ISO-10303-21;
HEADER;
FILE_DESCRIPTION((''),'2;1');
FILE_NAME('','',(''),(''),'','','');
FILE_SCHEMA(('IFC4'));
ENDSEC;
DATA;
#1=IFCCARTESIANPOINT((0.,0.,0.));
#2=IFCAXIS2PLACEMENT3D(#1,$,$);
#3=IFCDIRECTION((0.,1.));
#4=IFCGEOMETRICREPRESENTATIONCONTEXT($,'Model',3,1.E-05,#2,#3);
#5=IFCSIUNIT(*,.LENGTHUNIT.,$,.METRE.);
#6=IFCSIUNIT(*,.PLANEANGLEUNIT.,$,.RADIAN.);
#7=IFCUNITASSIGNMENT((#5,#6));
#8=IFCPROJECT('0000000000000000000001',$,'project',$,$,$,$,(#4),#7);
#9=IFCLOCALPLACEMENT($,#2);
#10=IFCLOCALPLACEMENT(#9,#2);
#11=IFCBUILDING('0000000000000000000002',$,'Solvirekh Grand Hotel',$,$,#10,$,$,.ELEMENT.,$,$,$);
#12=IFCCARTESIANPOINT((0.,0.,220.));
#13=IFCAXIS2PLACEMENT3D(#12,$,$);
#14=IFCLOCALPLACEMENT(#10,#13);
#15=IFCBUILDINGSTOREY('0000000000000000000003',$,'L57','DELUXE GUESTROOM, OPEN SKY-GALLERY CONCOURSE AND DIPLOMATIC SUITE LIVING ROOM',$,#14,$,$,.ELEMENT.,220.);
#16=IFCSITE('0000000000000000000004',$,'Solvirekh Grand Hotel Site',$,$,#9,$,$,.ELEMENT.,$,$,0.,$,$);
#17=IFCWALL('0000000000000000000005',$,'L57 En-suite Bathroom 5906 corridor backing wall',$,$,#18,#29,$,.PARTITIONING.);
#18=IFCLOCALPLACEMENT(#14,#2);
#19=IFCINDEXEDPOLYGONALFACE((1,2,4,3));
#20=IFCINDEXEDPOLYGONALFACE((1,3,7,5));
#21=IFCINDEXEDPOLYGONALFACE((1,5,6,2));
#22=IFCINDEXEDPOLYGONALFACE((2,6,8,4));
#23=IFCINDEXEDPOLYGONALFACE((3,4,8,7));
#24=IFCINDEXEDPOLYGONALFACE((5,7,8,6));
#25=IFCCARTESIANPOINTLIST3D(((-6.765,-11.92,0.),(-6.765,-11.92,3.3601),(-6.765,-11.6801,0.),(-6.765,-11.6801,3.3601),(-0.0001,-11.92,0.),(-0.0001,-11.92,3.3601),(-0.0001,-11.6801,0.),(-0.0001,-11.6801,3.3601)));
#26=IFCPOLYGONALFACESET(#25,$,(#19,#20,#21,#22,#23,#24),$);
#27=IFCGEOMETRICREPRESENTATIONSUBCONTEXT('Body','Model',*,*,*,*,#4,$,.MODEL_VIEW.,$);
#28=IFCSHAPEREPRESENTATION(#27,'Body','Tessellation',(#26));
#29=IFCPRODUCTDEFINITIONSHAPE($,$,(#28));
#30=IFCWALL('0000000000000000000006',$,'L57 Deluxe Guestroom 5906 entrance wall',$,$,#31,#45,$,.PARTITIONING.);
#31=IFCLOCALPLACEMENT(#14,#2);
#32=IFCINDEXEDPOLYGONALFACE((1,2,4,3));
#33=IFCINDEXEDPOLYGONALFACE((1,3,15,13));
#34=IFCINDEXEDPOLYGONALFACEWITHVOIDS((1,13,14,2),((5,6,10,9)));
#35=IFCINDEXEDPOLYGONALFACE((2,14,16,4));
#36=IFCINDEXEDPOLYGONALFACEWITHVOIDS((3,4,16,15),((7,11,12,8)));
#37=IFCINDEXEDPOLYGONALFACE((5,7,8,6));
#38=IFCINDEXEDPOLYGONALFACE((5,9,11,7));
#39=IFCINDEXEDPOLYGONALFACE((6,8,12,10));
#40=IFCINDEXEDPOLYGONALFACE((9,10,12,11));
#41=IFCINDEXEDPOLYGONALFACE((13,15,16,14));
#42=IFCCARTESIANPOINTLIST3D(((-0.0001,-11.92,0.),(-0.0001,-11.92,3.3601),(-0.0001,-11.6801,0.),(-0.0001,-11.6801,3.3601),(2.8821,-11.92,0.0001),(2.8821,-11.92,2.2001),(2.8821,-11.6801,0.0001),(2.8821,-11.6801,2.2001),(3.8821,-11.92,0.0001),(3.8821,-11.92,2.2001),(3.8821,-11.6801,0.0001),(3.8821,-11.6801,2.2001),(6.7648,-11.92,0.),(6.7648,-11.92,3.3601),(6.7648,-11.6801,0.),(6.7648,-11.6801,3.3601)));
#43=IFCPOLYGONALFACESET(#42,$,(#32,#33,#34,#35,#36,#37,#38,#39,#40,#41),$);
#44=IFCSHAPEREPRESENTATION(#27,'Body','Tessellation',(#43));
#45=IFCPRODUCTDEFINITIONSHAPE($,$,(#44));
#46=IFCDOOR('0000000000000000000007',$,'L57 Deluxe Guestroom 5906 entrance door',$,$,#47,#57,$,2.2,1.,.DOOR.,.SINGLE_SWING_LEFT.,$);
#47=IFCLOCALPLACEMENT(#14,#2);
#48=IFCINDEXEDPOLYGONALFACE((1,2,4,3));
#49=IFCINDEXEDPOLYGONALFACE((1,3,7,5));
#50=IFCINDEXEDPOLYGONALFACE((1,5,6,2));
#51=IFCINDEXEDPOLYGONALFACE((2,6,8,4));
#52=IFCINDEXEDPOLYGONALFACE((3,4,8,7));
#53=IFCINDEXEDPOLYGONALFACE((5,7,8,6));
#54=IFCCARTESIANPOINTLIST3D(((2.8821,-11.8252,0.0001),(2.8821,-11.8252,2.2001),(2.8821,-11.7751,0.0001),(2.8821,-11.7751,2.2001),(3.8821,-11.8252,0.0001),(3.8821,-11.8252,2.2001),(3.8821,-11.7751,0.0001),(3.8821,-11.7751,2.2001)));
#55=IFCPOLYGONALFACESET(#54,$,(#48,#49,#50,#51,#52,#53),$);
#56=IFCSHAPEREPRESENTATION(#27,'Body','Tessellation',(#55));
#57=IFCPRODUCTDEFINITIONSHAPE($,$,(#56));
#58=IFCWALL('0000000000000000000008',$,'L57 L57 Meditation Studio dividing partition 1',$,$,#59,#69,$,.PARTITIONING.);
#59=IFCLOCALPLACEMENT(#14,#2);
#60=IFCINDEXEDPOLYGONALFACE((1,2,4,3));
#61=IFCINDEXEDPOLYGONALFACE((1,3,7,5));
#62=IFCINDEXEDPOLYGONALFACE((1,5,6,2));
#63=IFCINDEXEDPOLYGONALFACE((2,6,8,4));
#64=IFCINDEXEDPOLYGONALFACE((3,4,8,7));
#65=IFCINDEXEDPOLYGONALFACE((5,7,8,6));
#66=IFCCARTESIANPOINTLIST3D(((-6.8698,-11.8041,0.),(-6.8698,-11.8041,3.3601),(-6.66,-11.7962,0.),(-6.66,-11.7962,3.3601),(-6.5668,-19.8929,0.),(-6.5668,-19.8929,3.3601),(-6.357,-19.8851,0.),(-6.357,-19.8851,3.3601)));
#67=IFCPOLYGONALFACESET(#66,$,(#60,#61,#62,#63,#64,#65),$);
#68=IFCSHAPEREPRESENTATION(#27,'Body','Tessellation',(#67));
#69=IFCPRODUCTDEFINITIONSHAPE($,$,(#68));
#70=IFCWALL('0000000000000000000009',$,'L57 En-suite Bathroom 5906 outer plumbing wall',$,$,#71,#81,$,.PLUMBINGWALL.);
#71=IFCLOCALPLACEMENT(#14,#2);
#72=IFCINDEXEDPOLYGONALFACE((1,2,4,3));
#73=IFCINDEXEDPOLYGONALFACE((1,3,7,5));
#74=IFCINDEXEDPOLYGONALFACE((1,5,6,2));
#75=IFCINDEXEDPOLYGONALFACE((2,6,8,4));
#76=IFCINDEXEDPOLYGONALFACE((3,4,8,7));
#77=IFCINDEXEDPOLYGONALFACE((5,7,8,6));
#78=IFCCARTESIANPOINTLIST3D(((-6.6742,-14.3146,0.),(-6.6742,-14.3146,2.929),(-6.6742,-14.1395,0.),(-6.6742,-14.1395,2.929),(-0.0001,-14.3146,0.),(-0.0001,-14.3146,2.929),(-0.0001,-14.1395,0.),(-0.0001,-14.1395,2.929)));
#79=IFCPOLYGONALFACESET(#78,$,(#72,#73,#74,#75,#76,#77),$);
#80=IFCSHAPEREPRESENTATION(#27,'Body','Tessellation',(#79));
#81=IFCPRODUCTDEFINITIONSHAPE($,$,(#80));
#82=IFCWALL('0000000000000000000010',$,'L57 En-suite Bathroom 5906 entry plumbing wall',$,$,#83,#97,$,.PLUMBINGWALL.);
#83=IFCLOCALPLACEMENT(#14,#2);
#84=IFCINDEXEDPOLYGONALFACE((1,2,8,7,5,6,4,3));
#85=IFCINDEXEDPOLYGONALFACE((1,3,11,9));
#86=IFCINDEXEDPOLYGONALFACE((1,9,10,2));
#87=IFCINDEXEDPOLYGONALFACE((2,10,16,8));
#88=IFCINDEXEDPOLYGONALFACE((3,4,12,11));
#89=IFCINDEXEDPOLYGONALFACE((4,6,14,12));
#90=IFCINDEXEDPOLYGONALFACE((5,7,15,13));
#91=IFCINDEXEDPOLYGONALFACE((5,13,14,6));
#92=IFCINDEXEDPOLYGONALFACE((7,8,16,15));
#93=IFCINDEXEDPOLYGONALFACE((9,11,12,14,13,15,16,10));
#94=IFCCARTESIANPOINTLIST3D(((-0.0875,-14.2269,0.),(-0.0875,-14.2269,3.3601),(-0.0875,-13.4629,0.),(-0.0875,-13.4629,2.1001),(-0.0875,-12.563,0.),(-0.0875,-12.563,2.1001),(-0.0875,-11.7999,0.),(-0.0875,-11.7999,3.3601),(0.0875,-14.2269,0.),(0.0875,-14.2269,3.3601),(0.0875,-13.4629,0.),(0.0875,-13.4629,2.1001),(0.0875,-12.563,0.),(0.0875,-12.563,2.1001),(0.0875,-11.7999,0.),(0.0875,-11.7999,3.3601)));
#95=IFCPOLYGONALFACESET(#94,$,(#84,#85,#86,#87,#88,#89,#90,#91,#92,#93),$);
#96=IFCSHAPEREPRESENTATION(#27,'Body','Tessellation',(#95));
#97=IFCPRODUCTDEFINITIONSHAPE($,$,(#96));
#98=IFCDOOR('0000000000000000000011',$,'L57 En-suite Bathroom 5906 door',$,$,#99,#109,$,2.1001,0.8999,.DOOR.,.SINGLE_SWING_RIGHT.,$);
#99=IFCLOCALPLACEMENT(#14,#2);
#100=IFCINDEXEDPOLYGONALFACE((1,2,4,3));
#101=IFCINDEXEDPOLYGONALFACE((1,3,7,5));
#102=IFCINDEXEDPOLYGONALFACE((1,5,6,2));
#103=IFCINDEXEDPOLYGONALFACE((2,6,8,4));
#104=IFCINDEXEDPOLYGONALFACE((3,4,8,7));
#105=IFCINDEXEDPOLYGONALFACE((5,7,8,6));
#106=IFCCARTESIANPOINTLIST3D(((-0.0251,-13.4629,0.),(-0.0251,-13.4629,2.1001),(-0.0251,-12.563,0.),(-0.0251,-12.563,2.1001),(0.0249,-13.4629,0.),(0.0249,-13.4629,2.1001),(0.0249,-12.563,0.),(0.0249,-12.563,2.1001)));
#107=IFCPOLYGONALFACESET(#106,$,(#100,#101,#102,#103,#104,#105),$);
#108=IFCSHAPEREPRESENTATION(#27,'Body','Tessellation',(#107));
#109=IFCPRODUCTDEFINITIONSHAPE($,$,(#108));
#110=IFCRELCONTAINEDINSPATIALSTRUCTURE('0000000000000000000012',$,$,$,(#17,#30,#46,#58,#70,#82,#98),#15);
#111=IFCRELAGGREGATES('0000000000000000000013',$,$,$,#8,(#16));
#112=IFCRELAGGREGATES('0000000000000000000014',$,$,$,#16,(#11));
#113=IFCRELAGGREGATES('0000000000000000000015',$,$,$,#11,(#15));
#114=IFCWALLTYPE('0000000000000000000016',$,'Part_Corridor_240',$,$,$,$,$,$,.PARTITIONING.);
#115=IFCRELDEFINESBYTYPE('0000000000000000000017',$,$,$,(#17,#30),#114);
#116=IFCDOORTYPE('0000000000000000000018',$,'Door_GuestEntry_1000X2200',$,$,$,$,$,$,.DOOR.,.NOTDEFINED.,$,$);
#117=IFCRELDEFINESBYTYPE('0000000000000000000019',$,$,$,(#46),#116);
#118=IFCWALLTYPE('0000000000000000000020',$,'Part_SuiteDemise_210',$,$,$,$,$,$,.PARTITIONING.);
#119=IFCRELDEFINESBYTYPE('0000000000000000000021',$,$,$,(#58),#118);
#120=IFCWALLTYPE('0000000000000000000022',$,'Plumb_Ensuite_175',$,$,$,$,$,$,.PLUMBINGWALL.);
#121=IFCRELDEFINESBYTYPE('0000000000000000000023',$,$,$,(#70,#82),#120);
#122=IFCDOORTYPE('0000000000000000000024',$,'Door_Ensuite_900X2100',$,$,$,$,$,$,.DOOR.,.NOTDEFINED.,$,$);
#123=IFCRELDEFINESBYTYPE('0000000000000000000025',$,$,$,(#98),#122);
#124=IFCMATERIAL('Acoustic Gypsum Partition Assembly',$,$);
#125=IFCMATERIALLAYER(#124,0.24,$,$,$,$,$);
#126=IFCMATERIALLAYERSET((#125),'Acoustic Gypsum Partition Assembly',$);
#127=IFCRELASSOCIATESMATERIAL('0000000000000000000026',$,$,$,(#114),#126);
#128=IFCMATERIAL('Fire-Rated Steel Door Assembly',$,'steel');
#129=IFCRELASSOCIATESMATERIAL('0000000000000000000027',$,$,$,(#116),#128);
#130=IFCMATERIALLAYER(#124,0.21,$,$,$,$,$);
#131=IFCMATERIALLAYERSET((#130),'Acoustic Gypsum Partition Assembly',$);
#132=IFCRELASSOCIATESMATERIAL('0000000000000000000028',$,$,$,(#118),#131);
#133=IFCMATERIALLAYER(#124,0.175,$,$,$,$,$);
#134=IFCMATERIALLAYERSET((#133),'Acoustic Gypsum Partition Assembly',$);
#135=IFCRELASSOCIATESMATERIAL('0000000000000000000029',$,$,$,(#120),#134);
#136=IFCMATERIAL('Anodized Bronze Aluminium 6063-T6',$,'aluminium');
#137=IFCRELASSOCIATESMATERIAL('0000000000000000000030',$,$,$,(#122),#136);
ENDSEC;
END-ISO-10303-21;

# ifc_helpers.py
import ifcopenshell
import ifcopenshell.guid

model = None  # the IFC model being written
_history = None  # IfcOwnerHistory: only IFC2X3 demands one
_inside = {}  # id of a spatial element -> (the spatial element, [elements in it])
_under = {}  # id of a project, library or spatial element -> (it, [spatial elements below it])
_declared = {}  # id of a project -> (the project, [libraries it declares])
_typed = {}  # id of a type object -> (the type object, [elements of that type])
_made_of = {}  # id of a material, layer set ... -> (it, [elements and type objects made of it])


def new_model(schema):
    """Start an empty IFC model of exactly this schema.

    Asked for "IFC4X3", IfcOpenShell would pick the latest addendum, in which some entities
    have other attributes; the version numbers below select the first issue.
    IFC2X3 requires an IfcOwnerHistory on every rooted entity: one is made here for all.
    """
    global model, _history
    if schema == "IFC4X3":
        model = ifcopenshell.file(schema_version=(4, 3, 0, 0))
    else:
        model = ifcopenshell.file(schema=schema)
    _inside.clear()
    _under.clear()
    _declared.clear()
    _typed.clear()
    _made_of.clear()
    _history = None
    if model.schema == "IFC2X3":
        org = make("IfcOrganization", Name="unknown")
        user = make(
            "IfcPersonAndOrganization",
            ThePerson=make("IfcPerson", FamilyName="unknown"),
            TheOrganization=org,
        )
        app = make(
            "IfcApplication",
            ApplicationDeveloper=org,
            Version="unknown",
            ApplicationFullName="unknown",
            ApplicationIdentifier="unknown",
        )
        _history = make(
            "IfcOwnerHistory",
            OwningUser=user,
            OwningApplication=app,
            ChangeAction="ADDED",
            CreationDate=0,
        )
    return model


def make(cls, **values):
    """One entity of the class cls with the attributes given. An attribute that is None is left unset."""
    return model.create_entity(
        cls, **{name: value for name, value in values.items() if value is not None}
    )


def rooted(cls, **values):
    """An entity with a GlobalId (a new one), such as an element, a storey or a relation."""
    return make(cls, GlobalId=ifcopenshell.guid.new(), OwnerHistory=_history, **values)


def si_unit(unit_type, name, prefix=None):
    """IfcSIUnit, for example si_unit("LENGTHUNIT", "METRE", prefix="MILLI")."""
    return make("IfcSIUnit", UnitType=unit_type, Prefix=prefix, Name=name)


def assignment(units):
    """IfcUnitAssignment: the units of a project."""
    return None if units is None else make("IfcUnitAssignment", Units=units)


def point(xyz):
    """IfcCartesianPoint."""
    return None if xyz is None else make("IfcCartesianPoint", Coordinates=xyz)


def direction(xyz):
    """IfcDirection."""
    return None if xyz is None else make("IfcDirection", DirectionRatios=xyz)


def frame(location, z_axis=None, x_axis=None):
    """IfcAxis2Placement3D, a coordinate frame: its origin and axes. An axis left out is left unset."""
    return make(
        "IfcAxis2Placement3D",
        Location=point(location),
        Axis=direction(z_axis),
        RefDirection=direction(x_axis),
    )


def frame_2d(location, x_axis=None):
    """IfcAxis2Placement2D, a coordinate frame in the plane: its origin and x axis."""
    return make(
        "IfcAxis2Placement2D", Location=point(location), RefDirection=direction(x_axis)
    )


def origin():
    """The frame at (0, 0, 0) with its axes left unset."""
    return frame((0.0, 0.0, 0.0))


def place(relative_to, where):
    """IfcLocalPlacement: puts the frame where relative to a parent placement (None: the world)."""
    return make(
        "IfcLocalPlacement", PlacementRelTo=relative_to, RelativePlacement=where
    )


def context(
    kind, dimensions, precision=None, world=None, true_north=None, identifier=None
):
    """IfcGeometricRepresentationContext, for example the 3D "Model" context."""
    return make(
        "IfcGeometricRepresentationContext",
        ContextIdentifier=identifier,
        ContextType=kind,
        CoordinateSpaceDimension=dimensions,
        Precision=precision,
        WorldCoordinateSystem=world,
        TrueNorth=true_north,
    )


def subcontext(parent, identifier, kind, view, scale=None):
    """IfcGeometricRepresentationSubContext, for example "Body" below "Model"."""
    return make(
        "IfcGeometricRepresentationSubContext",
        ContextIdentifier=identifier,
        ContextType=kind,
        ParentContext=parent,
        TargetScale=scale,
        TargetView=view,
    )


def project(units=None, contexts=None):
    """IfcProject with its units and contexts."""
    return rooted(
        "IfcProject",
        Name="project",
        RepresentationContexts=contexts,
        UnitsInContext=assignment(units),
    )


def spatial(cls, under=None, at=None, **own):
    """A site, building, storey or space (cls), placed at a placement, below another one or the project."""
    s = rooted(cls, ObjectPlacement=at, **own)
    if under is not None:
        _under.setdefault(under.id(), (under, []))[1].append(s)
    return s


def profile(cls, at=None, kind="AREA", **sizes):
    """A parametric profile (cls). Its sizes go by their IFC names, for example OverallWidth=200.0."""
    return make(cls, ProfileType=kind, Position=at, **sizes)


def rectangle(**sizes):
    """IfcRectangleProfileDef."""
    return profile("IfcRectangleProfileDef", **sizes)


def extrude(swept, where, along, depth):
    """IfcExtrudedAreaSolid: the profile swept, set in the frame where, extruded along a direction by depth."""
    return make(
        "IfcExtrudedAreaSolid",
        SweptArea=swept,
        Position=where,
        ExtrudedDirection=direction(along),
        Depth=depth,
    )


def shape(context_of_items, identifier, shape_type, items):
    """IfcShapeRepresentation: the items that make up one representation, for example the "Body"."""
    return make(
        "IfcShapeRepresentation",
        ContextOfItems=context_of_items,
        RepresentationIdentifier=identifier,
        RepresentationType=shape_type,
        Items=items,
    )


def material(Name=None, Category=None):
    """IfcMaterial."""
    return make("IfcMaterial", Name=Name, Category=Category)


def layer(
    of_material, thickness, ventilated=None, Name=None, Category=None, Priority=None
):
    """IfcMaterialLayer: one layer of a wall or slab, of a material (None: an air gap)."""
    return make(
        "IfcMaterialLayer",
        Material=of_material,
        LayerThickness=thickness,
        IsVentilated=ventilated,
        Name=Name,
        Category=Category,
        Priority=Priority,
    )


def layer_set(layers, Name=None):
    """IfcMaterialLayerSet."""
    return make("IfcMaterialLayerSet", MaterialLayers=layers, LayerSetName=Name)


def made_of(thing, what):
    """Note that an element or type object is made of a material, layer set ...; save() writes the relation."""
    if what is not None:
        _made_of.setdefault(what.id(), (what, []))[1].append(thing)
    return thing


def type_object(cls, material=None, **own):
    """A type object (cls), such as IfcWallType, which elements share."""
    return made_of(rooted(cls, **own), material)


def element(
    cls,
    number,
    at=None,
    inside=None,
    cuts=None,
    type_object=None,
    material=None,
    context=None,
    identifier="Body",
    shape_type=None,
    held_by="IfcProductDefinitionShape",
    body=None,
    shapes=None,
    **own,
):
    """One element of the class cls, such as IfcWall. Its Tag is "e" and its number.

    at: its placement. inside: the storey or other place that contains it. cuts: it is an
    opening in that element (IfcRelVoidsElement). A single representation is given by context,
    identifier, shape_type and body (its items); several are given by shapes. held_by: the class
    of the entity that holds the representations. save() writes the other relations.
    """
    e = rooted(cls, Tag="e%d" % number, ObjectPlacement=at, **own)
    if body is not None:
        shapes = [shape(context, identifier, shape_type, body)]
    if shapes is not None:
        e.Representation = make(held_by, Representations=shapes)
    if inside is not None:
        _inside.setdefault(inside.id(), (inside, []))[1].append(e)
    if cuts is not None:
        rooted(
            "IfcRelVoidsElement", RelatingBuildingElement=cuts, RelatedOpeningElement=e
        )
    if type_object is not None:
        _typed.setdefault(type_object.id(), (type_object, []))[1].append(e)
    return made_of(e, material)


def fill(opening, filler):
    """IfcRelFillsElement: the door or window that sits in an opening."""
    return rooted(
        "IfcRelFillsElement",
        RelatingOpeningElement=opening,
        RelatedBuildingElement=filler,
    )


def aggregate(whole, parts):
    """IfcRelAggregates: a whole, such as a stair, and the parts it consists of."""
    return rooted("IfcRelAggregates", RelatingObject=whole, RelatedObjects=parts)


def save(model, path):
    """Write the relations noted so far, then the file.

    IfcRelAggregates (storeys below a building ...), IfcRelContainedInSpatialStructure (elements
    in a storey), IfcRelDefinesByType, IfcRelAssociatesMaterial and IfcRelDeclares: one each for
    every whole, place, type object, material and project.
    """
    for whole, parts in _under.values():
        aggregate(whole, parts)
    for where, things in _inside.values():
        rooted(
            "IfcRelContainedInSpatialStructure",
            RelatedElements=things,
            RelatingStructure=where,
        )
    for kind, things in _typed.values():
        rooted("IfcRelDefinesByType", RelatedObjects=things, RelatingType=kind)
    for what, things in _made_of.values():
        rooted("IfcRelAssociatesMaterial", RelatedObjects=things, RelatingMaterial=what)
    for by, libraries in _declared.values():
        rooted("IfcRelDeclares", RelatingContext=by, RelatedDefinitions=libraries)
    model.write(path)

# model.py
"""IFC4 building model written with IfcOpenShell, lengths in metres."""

from ifc_helpers import new_model, si_unit, direction, frame, frame_2d, origin, place, context, subcontext, project, spatial, rectangle, extrude, material, layer, layer_set, type_object, element, fill, save


model = new_model("IFC4")

# Units and contexts
model_context = context("Model", 3, precision=1e-05, world=origin(), true_north=direction((0.0, 1.0)))
body_context = subcontext(model_context, "Body", "Model", "MODEL_VIEW")
ifc_project = project(units=[si_unit("LENGTHUNIT", "METRE"), si_unit("PLANEANGLEUNIT", "RADIAN")], contexts=[model_context])

# Site, building, storey
site_placement = place(None, origin())
site = spatial("IfcSite", under=ifc_project, at=site_placement, Name="Solvirekh Grand Hotel Site", CompositionType="ELEMENT", RefElevation=0.0)
building_placement = place(site_placement, origin())
building = spatial("IfcBuilding", under=site, at=building_placement, Name="Solvirekh Grand Hotel", CompositionType="ELEMENT")
storey_placement = place(building_placement, frame((0.0, 0.0, 220.0)))
storey = spatial("IfcBuildingStorey", under=building, at=storey_placement, Name="L57", Description="DELUXE GUESTROOM, OPEN SKY-GALLERY CONCOURSE AND DIPLOMATIC SUITE LIVING ROOM", CompositionType="ELEMENT", Elevation=220.0)

# Shared definitions
ifc_material_1 = material(Name="Anodized Bronze Aluminium 6063-T6", Category="aluminium")

# Shared definitions
ifc_material_2 = material(Name="Acoustic Gypsum Partition Assembly")

# Wall
ifc_layer_1 = layer(ifc_material_2, 0.24)
ifc_layer_set_1 = layer_set([ifc_layer_1], Name="Acoustic Gypsum Partition Assembly")
wall_type_1 = type_object("IfcWallType", Name="Part_Corridor_240", PredefinedType="PARTITIONING", material=ifc_layer_set_1)
wall_1_placement = place(storey_placement, frame((-6.7649, -11.8, 0.0), z_axis=(0.0, 0.0, 1.0), x_axis=(1.0, 0.0, 0.0)))
element("IfcWall", 1, at=wall_1_placement, inside=storey, type_object=wall_type_1, Name="L57 En-suite Bathroom 5906 corridor backing wall", PredefinedType="PARTITIONING", context=body_context, shape_type="SweptSolid", body=[
    extrude(rectangle(XDim=6.7649, YDim=0.24, at=frame_2d((3.3823, 0.0))), origin(), (0.0, 0.0, 1.0), 3.3601),
])

# Wall, opening, door
wall_2_placement = place(storey_placement, frame((0.0, -11.8, 0.0), z_axis=(0.0, 0.0, 1.0), x_axis=(1.0, 0.0, 0.0)))
wall_2 = element("IfcWall", 2, at=wall_2_placement, inside=storey, type_object=wall_type_1, Name="L57 Deluxe Guestroom 5906 entrance wall", PredefinedType="PARTITIONING", context=body_context, shape_type="SweptSolid", body=[
    extrude(rectangle(XDim=6.7649, YDim=0.24, at=frame_2d((3.3823, 0.0))), origin(), (0.0, 0.0, 1.0), 3.3601),
])
opening_1_placement = place(wall_2_placement, frame((2.8821, 0.0, 0.0)))
opening_1 = element("IfcOpeningElement", 3, at=opening_1_placement, cuts=wall_2, PredefinedType="OPENING", context=body_context, shape_type="SweptSolid", body=[
    extrude(rectangle(XDim=1.0, YDim=2.2, at=frame_2d((0.5, 1.1001))), frame((0.0, 0.1299, 0.0), z_axis=(0.0, -1.0, 0.0), x_axis=(1.0, 0.0, 0.0)), (0.0, 0.0, 1.0), 0.26),
])
ifc_material_3 = material(Name="Fire-Rated Steel Door Assembly", Category="steel")
door_type_1 = type_object("IfcDoorType", Name="Door_GuestEntry_1000X2200", OperationType="NOTDEFINED", PredefinedType="DOOR", material=ifc_material_3)
door_1_placement = place(opening_1_placement, origin())
door_1 = element("IfcDoor", 4, at=door_1_placement, inside=storey, type_object=door_type_1, Name="L57 Deluxe Guestroom 5906 entrance door", OperationType="SINGLE_SWING_LEFT", OverallHeight=2.2, OverallWidth=1.0, PredefinedType="DOOR", context=body_context, shape_type="SweptSolid", body=[
    extrude(rectangle(XDim=1.0, YDim=2.2, at=frame_2d((0.5, 1.1001))), frame((0.0, 0.0249, 0.0), z_axis=(0.0, -1.0, 0.0), x_axis=(1.0, 0.0, 0.0)), (0.0, 0.0, 1.0), 0.05),
])
fill(opening_1, door_1)

# Walls
ifc_layer_2 = layer(ifc_material_2, 0.21)
ifc_layer_set_2 = layer_set([ifc_layer_2], Name="Acoustic Gypsum Partition Assembly")
wall_type_2 = type_object("IfcWallType", Name="Part_SuiteDemise_210", PredefinedType="PARTITIONING", material=ifc_layer_set_2)
wall_3_placement = place(storey_placement, frame((-6.7649, -11.8, 0.0), z_axis=(0.0, 0.0, 1.0), x_axis=(0.03743, -0.999299, 0.0)))
element("IfcWall", 5, at=wall_3_placement, inside=storey, type_object=wall_type_2, Name="L57 L57 Meditation Studio dividing partition 1", PredefinedType="PARTITIONING", context=body_context, shape_type="SweptSolid", body=[
    extrude(rectangle(XDim=8.0945, YDim=0.21, at=frame_2d((4.0474, 0.0))), origin(), (0.0, 0.0, 1.0), 3.3601),
])
ifc_layer_3 = layer(ifc_material_2, 0.175)
ifc_layer_set_3 = layer_set([ifc_layer_3], Name="Acoustic Gypsum Partition Assembly")
wall_type_3 = type_object("IfcWallType", Name="Plumb_Ensuite_175", PredefinedType="PLUMBINGWALL", material=ifc_layer_set_3)
wall_4_placement = place(storey_placement, frame((-6.6741, -14.2271, 0.0), z_axis=(0.0, 0.0, 1.0), x_axis=(1.0, 0.0, 0.0)))
element("IfcWall", 6, at=wall_4_placement, inside=storey, type_object=wall_type_3, Name="L57 En-suite Bathroom 5906 outer plumbing wall", PredefinedType="PLUMBINGWALL", context=body_context, shape_type="SweptSolid", body=[
    extrude(rectangle(XDim=6.6741, YDim=0.175, at=frame_2d((3.3369, 0.0))), origin(), (0.0, 0.0, 1.0), 2.929),
])

# Wall, opening, door
wall_5_placement = place(storey_placement, frame((0.0, -11.8, 0.0), z_axis=(0.0, 0.0, 1.0), x_axis=(0.0, -1.0, 0.0)))
wall_5 = element("IfcWall", 7, at=wall_5_placement, inside=storey, type_object=wall_type_3, Name="L57 En-suite Bathroom 5906 entry plumbing wall", PredefinedType="PLUMBINGWALL", context=body_context, shape_type="SweptSolid", body=[
    extrude(rectangle(XDim=2.427, YDim=0.175, at=frame_2d((1.2134, 0.0))), origin(), (0.0, 0.0, 1.0), 3.3601),
])
opening_2_placement = place(wall_5_placement, frame((0.7629, 0.0, 0.0)))
opening_2 = element("IfcOpeningElement", 8, at=opening_2_placement, cuts=wall_5, PredefinedType="OPENING", context=body_context, shape_type="SweptSolid", body=[
    extrude(rectangle(XDim=0.8999, YDim=2.1001, at=frame_2d((0.45, 1.05))), frame((0.0, 0.0977, 0.0), z_axis=(0.0, -1.0, 0.0), x_axis=(1.0, 0.0, 0.0)), (0.0, 0.0, 1.0), 0.1951),
])
door_type_2 = type_object("IfcDoorType", Name="Door_Ensuite_900X2100", OperationType="NOTDEFINED", PredefinedType="DOOR", material=ifc_material_1)
door_2_placement = place(opening_2_placement, origin())
door_2 = element("IfcDoor", 9, at=door_2_placement, inside=storey, type_object=door_type_2, Name="L57 En-suite Bathroom 5906 door", OperationType="SINGLE_SWING_RIGHT", OverallHeight=2.1001, OverallWidth=0.8999, PredefinedType="DOOR", context=body_context, shape_type="SweptSolid", body=[
    extrude(rectangle(XDim=0.8999, YDim=2.1001, at=frame_2d((0.45, 1.05))), frame((0.0, 0.0249, 0.0), z_axis=(0.0, -1.0, 0.0), x_axis=(1.0, 0.0, 0.0)), (0.0, 0.0, 1.0), 0.05),
])
fill(opening_2, door_2)

save(model, "model.ifc")
